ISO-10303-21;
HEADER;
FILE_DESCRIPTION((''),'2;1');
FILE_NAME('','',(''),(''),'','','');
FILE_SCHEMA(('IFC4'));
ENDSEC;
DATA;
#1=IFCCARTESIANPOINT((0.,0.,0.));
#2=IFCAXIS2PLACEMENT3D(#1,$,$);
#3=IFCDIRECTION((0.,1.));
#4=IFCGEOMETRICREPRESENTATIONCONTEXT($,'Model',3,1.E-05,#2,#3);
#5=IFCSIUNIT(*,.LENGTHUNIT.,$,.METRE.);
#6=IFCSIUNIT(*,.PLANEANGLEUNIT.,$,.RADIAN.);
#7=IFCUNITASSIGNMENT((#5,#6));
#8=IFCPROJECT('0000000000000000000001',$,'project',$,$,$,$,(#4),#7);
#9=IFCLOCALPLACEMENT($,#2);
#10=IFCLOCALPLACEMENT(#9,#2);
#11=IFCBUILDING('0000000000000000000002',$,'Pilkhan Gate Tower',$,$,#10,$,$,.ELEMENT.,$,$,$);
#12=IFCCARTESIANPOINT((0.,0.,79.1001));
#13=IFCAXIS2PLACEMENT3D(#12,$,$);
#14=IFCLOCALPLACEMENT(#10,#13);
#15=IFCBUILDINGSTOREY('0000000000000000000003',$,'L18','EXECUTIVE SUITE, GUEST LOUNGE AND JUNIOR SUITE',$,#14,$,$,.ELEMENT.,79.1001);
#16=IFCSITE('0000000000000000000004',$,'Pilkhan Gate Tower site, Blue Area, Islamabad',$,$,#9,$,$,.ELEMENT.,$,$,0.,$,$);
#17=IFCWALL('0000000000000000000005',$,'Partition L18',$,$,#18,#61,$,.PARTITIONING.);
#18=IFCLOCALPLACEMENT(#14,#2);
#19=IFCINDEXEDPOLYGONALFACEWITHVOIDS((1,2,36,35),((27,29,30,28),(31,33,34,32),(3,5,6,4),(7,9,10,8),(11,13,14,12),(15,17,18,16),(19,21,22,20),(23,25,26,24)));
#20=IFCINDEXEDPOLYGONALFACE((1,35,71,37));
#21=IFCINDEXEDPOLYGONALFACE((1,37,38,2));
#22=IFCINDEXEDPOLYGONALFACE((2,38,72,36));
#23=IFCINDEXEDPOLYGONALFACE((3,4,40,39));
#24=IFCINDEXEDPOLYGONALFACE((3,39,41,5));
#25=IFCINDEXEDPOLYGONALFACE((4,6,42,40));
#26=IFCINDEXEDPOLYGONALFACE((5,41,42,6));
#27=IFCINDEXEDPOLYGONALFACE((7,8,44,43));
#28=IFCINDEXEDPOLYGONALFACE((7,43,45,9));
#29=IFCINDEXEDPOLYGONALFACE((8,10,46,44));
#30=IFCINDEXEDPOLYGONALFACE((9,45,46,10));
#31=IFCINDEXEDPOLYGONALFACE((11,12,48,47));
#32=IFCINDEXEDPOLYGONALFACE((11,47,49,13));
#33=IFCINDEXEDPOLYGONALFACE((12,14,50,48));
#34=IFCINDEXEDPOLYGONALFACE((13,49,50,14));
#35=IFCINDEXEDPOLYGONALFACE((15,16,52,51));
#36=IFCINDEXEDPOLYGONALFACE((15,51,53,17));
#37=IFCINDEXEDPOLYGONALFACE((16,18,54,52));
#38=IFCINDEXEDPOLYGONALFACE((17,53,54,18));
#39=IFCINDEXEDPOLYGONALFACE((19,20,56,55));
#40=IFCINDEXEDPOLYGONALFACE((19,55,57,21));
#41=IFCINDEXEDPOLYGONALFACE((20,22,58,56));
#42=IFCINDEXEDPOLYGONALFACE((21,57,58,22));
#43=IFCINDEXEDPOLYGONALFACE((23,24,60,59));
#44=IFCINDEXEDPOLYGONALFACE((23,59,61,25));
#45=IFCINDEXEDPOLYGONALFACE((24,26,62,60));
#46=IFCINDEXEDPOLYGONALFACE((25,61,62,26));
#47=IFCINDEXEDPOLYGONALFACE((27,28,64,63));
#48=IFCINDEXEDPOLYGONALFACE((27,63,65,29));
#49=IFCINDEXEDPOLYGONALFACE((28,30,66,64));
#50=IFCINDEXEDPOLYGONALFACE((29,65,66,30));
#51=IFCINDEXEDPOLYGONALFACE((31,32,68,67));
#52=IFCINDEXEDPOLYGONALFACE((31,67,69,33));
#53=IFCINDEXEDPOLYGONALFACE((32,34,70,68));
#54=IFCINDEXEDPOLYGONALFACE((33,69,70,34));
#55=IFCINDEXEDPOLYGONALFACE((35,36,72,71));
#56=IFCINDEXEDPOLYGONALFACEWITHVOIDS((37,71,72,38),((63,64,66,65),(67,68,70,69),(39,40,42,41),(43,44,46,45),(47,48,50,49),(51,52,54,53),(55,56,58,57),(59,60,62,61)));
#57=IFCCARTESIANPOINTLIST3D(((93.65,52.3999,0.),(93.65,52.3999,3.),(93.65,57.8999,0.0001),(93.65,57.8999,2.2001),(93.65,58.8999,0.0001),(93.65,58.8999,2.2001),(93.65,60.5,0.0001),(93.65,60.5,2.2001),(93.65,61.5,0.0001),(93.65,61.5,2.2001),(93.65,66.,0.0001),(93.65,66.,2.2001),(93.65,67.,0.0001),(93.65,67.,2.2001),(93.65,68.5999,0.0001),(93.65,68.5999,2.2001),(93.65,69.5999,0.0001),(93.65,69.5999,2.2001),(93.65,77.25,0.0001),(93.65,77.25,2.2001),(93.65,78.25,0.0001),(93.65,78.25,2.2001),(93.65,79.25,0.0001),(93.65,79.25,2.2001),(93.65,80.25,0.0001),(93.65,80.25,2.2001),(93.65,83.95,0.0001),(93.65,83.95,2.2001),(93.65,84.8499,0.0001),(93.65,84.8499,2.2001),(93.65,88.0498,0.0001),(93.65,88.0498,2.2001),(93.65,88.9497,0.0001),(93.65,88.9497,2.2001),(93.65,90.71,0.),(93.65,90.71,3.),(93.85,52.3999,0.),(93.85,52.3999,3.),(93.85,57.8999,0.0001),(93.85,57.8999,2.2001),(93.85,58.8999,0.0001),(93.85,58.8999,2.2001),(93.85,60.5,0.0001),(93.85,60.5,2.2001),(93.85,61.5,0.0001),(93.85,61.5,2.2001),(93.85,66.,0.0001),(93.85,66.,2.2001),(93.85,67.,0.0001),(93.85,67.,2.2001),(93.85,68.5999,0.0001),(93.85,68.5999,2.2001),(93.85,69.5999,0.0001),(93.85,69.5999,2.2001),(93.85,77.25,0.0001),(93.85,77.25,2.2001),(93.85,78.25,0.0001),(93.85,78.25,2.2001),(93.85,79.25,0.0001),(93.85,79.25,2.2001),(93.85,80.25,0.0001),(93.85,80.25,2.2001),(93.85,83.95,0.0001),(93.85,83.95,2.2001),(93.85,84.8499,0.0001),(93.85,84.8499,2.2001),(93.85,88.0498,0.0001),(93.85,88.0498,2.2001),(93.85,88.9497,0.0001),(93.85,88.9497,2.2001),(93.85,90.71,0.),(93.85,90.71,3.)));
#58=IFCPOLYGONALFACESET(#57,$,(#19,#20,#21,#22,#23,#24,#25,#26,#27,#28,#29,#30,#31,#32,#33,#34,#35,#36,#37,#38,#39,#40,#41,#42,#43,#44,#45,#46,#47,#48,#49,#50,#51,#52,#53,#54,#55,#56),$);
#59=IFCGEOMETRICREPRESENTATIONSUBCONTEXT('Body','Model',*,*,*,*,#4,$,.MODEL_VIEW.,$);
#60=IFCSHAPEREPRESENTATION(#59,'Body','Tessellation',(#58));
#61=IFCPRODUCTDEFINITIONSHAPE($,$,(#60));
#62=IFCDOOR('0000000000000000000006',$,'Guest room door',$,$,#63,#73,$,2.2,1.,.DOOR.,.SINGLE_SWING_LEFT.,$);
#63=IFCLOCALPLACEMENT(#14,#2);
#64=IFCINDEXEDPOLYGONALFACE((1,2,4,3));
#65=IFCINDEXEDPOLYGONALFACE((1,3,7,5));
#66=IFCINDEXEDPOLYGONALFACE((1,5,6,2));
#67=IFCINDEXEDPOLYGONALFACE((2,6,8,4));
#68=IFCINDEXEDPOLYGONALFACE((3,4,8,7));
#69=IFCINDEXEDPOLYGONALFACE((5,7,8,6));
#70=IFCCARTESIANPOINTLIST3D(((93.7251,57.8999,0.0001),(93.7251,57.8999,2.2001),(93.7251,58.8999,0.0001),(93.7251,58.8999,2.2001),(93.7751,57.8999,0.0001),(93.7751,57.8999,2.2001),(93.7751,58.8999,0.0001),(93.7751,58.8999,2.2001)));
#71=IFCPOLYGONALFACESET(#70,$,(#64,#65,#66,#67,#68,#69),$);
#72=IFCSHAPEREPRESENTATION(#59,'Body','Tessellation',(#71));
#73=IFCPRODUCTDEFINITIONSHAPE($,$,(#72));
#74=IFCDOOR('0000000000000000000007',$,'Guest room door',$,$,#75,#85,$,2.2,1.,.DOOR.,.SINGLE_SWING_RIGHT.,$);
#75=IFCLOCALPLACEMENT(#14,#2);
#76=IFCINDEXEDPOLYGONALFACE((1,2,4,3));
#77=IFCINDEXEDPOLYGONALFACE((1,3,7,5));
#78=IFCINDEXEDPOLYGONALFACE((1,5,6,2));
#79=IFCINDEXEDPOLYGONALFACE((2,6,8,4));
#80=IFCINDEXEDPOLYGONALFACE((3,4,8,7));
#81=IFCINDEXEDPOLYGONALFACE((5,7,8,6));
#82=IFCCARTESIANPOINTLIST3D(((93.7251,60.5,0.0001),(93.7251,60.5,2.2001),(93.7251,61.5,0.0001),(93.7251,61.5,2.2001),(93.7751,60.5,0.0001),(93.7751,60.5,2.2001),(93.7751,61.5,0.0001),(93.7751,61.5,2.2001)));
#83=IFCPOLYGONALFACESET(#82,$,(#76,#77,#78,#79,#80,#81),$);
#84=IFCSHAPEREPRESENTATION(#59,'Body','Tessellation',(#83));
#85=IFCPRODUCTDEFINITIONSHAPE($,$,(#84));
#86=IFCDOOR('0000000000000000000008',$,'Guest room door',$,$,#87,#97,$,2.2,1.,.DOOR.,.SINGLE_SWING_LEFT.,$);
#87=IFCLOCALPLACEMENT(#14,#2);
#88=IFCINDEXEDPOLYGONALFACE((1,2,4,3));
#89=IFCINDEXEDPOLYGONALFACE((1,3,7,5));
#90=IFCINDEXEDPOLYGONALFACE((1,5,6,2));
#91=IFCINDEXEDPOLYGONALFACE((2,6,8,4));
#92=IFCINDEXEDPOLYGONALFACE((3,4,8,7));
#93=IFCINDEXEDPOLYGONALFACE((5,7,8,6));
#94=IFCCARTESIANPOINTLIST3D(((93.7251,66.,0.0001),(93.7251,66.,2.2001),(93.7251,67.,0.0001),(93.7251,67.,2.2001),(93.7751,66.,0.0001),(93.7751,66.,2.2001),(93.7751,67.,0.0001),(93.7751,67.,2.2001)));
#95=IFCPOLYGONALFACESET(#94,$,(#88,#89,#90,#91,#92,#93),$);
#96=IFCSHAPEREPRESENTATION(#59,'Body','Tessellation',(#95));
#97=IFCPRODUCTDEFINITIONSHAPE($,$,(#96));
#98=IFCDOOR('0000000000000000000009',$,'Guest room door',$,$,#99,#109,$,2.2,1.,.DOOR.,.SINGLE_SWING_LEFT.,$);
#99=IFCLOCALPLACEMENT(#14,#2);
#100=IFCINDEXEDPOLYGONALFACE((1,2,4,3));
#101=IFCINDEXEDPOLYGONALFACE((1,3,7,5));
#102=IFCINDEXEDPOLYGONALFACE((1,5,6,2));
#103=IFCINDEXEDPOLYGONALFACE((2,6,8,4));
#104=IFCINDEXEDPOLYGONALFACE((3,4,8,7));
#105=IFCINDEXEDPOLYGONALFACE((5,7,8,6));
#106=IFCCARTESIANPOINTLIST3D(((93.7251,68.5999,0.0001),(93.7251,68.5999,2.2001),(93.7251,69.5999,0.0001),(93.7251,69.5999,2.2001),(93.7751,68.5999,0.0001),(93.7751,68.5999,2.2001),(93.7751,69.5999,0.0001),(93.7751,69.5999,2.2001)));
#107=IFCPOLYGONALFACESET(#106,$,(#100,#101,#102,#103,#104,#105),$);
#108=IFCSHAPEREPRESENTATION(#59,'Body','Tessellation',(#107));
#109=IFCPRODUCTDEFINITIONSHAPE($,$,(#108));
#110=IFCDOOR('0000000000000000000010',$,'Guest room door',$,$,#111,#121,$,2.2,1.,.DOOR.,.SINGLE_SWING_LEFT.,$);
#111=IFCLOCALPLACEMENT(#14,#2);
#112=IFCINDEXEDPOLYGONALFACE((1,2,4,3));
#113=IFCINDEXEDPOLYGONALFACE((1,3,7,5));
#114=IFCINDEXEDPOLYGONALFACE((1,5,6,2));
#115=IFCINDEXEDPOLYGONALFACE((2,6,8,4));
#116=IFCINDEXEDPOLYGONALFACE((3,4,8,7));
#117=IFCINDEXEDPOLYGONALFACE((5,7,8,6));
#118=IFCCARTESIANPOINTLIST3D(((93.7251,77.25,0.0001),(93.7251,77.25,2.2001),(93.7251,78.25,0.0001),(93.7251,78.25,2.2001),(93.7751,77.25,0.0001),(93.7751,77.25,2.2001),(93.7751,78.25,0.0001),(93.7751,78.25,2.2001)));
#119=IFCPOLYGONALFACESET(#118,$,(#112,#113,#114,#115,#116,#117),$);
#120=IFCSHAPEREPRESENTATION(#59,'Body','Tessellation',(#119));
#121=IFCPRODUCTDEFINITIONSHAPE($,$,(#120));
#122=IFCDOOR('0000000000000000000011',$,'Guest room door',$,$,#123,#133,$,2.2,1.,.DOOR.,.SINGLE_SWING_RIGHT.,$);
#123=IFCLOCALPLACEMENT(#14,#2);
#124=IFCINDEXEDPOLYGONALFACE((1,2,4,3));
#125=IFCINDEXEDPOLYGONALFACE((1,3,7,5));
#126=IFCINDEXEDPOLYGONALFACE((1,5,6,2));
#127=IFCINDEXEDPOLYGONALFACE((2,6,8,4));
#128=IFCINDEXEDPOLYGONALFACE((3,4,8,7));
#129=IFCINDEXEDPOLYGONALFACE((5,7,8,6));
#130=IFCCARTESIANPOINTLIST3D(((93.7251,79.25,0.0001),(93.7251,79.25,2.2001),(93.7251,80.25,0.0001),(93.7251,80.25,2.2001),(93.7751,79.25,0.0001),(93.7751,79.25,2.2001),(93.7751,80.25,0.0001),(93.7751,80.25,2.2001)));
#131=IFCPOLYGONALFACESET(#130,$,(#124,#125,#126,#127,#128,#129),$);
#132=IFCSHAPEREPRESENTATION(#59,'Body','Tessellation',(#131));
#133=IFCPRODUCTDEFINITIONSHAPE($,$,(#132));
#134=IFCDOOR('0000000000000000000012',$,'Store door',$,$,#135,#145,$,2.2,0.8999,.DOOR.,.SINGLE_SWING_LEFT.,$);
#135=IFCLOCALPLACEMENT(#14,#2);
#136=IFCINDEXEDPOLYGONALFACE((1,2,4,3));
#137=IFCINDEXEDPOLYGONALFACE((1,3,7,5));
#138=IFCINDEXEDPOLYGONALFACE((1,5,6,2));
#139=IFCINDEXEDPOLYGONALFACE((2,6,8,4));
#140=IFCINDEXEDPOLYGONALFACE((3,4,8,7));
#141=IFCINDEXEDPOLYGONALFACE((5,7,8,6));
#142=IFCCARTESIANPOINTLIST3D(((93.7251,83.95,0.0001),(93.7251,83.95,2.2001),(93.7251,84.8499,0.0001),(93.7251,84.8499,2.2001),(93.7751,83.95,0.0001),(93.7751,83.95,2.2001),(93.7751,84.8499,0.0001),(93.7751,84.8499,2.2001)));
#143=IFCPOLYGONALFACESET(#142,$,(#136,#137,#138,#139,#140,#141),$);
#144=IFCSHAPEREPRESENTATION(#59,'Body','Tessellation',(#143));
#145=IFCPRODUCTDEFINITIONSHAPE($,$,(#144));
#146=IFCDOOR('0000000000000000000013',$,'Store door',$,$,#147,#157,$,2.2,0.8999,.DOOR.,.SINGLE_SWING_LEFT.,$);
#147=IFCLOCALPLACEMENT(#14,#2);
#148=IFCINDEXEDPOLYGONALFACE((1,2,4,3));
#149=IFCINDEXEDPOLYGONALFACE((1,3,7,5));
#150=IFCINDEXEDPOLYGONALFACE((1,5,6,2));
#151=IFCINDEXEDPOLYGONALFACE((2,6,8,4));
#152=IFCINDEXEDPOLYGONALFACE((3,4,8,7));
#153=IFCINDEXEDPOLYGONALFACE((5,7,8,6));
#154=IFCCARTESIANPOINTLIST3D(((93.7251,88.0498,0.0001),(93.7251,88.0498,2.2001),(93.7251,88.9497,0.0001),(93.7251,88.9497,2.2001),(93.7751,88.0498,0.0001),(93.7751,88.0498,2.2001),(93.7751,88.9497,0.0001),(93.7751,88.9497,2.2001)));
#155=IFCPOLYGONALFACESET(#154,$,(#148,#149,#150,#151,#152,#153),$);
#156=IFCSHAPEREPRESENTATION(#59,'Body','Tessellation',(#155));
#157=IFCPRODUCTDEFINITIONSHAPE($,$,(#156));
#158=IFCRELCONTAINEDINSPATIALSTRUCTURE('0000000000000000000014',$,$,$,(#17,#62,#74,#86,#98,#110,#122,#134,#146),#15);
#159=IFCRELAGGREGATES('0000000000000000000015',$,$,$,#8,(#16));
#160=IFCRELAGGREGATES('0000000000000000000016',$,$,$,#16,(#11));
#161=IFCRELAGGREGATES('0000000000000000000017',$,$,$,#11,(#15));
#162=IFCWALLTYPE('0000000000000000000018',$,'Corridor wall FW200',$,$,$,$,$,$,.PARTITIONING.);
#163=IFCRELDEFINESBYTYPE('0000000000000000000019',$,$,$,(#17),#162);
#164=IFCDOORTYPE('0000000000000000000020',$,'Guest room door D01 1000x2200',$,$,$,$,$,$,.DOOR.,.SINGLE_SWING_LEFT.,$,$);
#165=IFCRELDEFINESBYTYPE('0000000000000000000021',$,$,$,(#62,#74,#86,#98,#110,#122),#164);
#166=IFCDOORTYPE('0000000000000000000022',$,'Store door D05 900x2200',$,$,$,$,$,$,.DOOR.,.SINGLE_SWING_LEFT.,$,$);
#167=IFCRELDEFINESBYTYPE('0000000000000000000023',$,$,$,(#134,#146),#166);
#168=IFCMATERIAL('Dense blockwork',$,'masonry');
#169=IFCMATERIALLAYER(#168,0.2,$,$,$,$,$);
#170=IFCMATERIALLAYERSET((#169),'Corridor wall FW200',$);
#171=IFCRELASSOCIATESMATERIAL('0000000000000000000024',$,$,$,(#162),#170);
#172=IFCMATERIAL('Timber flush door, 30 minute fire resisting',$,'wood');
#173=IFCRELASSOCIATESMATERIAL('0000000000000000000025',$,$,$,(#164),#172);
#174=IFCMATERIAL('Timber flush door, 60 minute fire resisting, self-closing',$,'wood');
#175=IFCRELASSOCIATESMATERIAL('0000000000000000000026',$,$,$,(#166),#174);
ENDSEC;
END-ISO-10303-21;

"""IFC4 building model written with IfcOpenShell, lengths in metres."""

from ifc_helpers import new_model, si_unit, direction, frame, frame_2d, origin, place, context, subcontext, project, spatial, rectangle, extrude, material, layer, layer_set, type_object, element, fill, save


model = new_model("IFC4")

# Units and contexts
model_context = context("Model", 3, precision=1e-05, world=origin(), true_north=direction((0.0, 1.0)))
body_context = subcontext(model_context, "Body", "Model", "MODEL_VIEW")
ifc_project = project(units=[si_unit("LENGTHUNIT", "METRE"), si_unit("PLANEANGLEUNIT", "RADIAN")], contexts=[model_context])

# Site, building, storey
site_placement = place(None, origin())
site = spatial("IfcSite", under=ifc_project, at=site_placement, Name="Pilkhan Gate Tower site, Blue Area, Islamabad", CompositionType="ELEMENT", RefElevation=0.0)
building_placement = place(site_placement, origin())
building = spatial("IfcBuilding", under=site, at=building_placement, Name="Pilkhan Gate Tower", CompositionType="ELEMENT")
storey_placement = place(building_placement, frame((0.0, 0.0, 79.1001)))
storey = spatial("IfcBuildingStorey", under=building, at=storey_placement, Name="L18", Description="EXECUTIVE SUITE, GUEST LOUNGE AND JUNIOR SUITE", CompositionType="ELEMENT", Elevation=79.1001)

# Shared definitions
ifc_material_1 = material(Name="Dense blockwork", Category="masonry")
ifc_layer_1 = layer(ifc_material_1, 0.2)
ifc_layer_set_1 = layer_set([ifc_layer_1], Name="Corridor wall FW200")
wall_type_1 = type_object("IfcWallType", Name="Corridor wall FW200", PredefinedType="PARTITIONING", material=ifc_layer_set_1)

# Wall, openings, doors
ifc_material_2 = material(Name="Timber flush door, 30 minute fire resisting", Category="wood")
wall_1_placement = place(storey_placement, frame((93.75, 52.3999, 0.0), z_axis=(0.0, 0.0, 1.0), x_axis=(0.0, 1.0, 0.0)))
wall_1 = element("IfcWall", 1, at=wall_1_placement, inside=storey, type_object=wall_type_1, Name="Partition L18", PredefinedType="PARTITIONING", context=body_context, shape_type="SweptSolid", body=[
    extrude(rectangle(XDim=38.3101, YDim=0.2, at=frame_2d((19.155, 0.0))), origin(), (0.0, 0.0, 1.0), 3.0),
])
opening_1_placement = place(wall_1_placement, frame((5.5, 0.0, 0.0)))
opening_1 = element("IfcOpeningElement", 2, at=opening_1_placement, cuts=wall_1, PredefinedType="OPENING", context=body_context, shape_type="SweptSolid", body=[
    extrude(rectangle(XDim=1.0, YDim=2.2, at=frame_2d((0.5, 1.1001))), frame((0.0, 0.1099, 0.0), z_axis=(0.0, -1.0, 0.0), x_axis=(1.0, 0.0, 0.0)), (0.0, 0.0, 1.0), 0.22),
])
opening_2_placement = place(wall_1_placement, frame((8.1001, 0.0, 0.0)))
opening_2 = element("IfcOpeningElement", 3, at=opening_2_placement, cuts=wall_1, PredefinedType="OPENING", context=body_context, shape_type="SweptSolid", body=[
    extrude(rectangle(XDim=1.0, YDim=2.2, at=frame_2d((0.5, 1.1001))), frame((0.0, 0.1099, 0.0), z_axis=(0.0, -1.0, 0.0), x_axis=(1.0, 0.0, 0.0)), (0.0, 0.0, 1.0), 0.22),
])
opening_3_placement = place(wall_1_placement, frame((13.6001, 0.0, 0.0)))
opening_3 = element("IfcOpeningElement", 4, at=opening_3_placement, cuts=wall_1, PredefinedType="OPENING", context=body_context, shape_type="SweptSolid", body=[
    extrude(rectangle(XDim=1.0, YDim=2.2, at=frame_2d((0.5, 1.1001))), frame((0.0, 0.1099, 0.0), z_axis=(0.0, -1.0, 0.0), x_axis=(1.0, 0.0, 0.0)), (0.0, 0.0, 1.0), 0.22),
])
opening_4_placement = place(wall_1_placement, frame((16.2, 0.0, 0.0)))
opening_4 = element("IfcOpeningElement", 5, at=opening_4_placement, cuts=wall_1, PredefinedType="OPENING", context=body_context, shape_type="SweptSolid", body=[
    extrude(rectangle(XDim=1.0, YDim=2.2, at=frame_2d((0.5, 1.1001))), frame((0.0, 0.1099, 0.0), z_axis=(0.0, -1.0, 0.0), x_axis=(1.0, 0.0, 0.0)), (0.0, 0.0, 1.0), 0.22),
])
opening_5_placement = place(wall_1_placement, frame((24.8501, 0.0, 0.0)))
opening_5 = element("IfcOpeningElement", 6, at=opening_5_placement, cuts=wall_1, PredefinedType="OPENING", context=body_context, shape_type="SweptSolid", body=[
    extrude(rectangle(XDim=1.0, YDim=2.2, at=frame_2d((0.5, 1.1001))), frame((0.0, 0.1099, 0.0), z_axis=(0.0, -1.0, 0.0), x_axis=(1.0, 0.0, 0.0)), (0.0, 0.0, 1.0), 0.22),
])
opening_6_placement = place(wall_1_placement, frame((26.8501, 0.0, 0.0)))
opening_6 = element("IfcOpeningElement", 7, at=opening_6_placement, cuts=wall_1, PredefinedType="OPENING", context=body_context, shape_type="SweptSolid", body=[
    extrude(rectangle(XDim=1.0, YDim=2.2, at=frame_2d((0.5, 1.1001))), frame((0.0, 0.1099, 0.0), z_axis=(0.0, -1.0, 0.0), x_axis=(1.0, 0.0, 0.0)), (0.0, 0.0, 1.0), 0.22),
])
opening_7_placement = place(wall_1_placement, frame((31.55, 0.0, 0.0)))
opening_7 = element("IfcOpeningElement", 8, at=opening_7_placement, cuts=wall_1, PredefinedType="OPENING", context=body_context, shape_type="SweptSolid", body=[
    extrude(rectangle(XDim=0.8999, YDim=2.2, at=frame_2d((0.45, 1.1001))), frame((0.0, 0.1099, 0.0), z_axis=(0.0, -1.0, 0.0), x_axis=(1.0, 0.0, 0.0)), (0.0, 0.0, 1.0), 0.22),
])
opening_8_placement = place(wall_1_placement, frame((35.6499, 0.0, 0.0)))
opening_8 = element("IfcOpeningElement", 9, at=opening_8_placement, cuts=wall_1, PredefinedType="OPENING", context=body_context, shape_type="SweptSolid", body=[
    extrude(rectangle(XDim=0.8999, YDim=2.2, at=frame_2d((0.45, 1.1001))), frame((0.0, 0.1099, 0.0), z_axis=(0.0, -1.0, 0.0), x_axis=(1.0, 0.0, 0.0)), (0.0, 0.0, 1.0), 0.22),
])
door_type_1 = type_object("IfcDoorType", Name="Guest room door D01 1000x2200", OperationType="SINGLE_SWING_LEFT", PredefinedType="DOOR", material=ifc_material_2)
door_1_placement = place(opening_1_placement, origin())
door_1 = element("IfcDoor", 10, at=door_1_placement, inside=storey, type_object=door_type_1, Name="Guest room door", OperationType="SINGLE_SWING_LEFT", OverallHeight=2.2, OverallWidth=1.0, PredefinedType="DOOR", context=body_context, shape_type="SweptSolid", body=[
    extrude(rectangle(XDim=1.0, YDim=2.2, at=frame_2d((0.5, 1.1001))), frame((0.0, 0.0249, 0.0), z_axis=(0.0, -1.0, 0.0), x_axis=(1.0, 0.0, 0.0)), (0.0, 0.0, 1.0), 0.05),
])
fill(opening_1, door_1)
door_2_placement = place(opening_2_placement, origin())
door_2 = element("IfcDoor", 11, at=door_2_placement, inside=storey, type_object=door_type_1, Name="Guest room door", OperationType="SINGLE_SWING_RIGHT", OverallHeight=2.2, OverallWidth=1.0, PredefinedType="DOOR", context=body_context, shape_type="SweptSolid", body=[
    extrude(rectangle(XDim=1.0, YDim=2.2, at=frame_2d((0.5, 1.1001))), frame((0.0, 0.0249, 0.0), z_axis=(0.0, -1.0, 0.0), x_axis=(1.0, 0.0, 0.0)), (0.0, 0.0, 1.0), 0.05),
])
fill(opening_2, door_2)
door_3_placement = place(opening_3_placement, origin())
door_3 = element("IfcDoor", 12, at=door_3_placement, inside=storey, type_object=door_type_1, Name="Guest room door", OperationType="SINGLE_SWING_LEFT", OverallHeight=2.2, OverallWidth=1.0, PredefinedType="DOOR", context=body_context, shape_type="SweptSolid", body=[
    extrude(rectangle(XDim=1.0, YDim=2.2, at=frame_2d((0.5, 1.1001))), frame((0.0, 0.0249, 0.0), z_axis=(0.0, -1.0, 0.0), x_axis=(1.0, 0.0, 0.0)), (0.0, 0.0, 1.0), 0.05),
])
fill(opening_3, door_3)
door_4_placement = place(opening_4_placement, origin())
door_4 = element("IfcDoor", 13, at=door_4_placement, inside=storey, type_object=door_type_1, Name="Guest room door", OperationType="SINGLE_SWING_LEFT", OverallHeight=2.2, OverallWidth=1.0, PredefinedType="DOOR", context=body_context, shape_type="SweptSolid", body=[
    extrude(rectangle(XDim=1.0, YDim=2.2, at=frame_2d((0.5, 1.1001))), frame((0.0, 0.0249, 0.0), z_axis=(0.0, -1.0, 0.0), x_axis=(1.0, 0.0, 0.0)), (0.0, 0.0, 1.0), 0.05),
])
fill(opening_4, door_4)
door_5_placement = place(opening_5_placement, origin())
door_5 = element("IfcDoor", 14, at=door_5_placement, inside=storey, type_object=door_type_1, Name="Guest room door", OperationType="SINGLE_SWING_LEFT", OverallHeight=2.2, OverallWidth=1.0, PredefinedType="DOOR", context=body_context, shape_type="SweptSolid", body=[
    extrude(rectangle(XDim=1.0, YDim=2.2, at=frame_2d((0.5, 1.1001))), frame((0.0, 0.0249, 0.0), z_axis=(0.0, -1.0, 0.0), x_axis=(1.0, 0.0, 0.0)), (0.0, 0.0, 1.0), 0.05),
])
fill(opening_5, door_5)
door_6_placement = place(opening_6_placement, origin())
door_6 = element("IfcDoor", 15, at=door_6_placement, inside=storey, type_object=door_type_1, Name="Guest room door", OperationType="SINGLE_SWING_RIGHT", OverallHeight=2.2, OverallWidth=1.0, PredefinedType="DOOR", context=body_context, shape_type="SweptSolid", body=[
    extrude(rectangle(XDim=1.0, YDim=2.2, at=frame_2d((0.5, 1.1001))), frame((0.0, 0.0249, 0.0), z_axis=(0.0, -1.0, 0.0), x_axis=(1.0, 0.0, 0.0)), (0.0, 0.0, 1.0), 0.05),
])
fill(opening_6, door_6)
ifc_material_3 = material(Name="Timber flush door, 60 minute fire resisting, self-closing", Category="wood")
door_type_2 = type_object("IfcDoorType", Name="Store door D05 900x2200", OperationType="SINGLE_SWING_LEFT", PredefinedType="DOOR", material=ifc_material_3)
door_7_placement = place(opening_7_placement, origin())
door_7 = element("IfcDoor", 16, at=door_7_placement, inside=storey, type_object=door_type_2, Name="Store door", OperationType="SINGLE_SWING_LEFT", OverallHeight=2.2, OverallWidth=0.8999, PredefinedType="DOOR", context=body_context, shape_type="SweptSolid", body=[
    extrude(rectangle(XDim=0.8999, YDim=2.2, at=frame_2d((0.45, 1.1001))), frame((0.0, 0.0249, 0.0), z_axis=(0.0, -1.0, 0.0), x_axis=(1.0, 0.0, 0.0)), (0.0, 0.0, 1.0), 0.05),
])
fill(opening_7, door_7)
door_8_placement = place(opening_8_placement, origin())
door_8 = element("IfcDoor", 17, at=door_8_placement, inside=storey, type_object=door_type_2, Name="Store door", OperationType="SINGLE_SWING_LEFT", OverallHeight=2.2, OverallWidth=0.8999, PredefinedType="DOOR", context=body_context, shape_type="SweptSolid", body=[
    extrude(rectangle(XDim=0.8999, YDim=2.2, at=frame_2d((0.45, 1.1001))), frame((0.0, 0.0249, 0.0), z_axis=(0.0, -1.0, 0.0), x_axis=(1.0, 0.0, 0.0)), (0.0, 0.0, 1.0), 0.05),
])
fill(opening_8, door_8)

save(model, "model.ifc")
